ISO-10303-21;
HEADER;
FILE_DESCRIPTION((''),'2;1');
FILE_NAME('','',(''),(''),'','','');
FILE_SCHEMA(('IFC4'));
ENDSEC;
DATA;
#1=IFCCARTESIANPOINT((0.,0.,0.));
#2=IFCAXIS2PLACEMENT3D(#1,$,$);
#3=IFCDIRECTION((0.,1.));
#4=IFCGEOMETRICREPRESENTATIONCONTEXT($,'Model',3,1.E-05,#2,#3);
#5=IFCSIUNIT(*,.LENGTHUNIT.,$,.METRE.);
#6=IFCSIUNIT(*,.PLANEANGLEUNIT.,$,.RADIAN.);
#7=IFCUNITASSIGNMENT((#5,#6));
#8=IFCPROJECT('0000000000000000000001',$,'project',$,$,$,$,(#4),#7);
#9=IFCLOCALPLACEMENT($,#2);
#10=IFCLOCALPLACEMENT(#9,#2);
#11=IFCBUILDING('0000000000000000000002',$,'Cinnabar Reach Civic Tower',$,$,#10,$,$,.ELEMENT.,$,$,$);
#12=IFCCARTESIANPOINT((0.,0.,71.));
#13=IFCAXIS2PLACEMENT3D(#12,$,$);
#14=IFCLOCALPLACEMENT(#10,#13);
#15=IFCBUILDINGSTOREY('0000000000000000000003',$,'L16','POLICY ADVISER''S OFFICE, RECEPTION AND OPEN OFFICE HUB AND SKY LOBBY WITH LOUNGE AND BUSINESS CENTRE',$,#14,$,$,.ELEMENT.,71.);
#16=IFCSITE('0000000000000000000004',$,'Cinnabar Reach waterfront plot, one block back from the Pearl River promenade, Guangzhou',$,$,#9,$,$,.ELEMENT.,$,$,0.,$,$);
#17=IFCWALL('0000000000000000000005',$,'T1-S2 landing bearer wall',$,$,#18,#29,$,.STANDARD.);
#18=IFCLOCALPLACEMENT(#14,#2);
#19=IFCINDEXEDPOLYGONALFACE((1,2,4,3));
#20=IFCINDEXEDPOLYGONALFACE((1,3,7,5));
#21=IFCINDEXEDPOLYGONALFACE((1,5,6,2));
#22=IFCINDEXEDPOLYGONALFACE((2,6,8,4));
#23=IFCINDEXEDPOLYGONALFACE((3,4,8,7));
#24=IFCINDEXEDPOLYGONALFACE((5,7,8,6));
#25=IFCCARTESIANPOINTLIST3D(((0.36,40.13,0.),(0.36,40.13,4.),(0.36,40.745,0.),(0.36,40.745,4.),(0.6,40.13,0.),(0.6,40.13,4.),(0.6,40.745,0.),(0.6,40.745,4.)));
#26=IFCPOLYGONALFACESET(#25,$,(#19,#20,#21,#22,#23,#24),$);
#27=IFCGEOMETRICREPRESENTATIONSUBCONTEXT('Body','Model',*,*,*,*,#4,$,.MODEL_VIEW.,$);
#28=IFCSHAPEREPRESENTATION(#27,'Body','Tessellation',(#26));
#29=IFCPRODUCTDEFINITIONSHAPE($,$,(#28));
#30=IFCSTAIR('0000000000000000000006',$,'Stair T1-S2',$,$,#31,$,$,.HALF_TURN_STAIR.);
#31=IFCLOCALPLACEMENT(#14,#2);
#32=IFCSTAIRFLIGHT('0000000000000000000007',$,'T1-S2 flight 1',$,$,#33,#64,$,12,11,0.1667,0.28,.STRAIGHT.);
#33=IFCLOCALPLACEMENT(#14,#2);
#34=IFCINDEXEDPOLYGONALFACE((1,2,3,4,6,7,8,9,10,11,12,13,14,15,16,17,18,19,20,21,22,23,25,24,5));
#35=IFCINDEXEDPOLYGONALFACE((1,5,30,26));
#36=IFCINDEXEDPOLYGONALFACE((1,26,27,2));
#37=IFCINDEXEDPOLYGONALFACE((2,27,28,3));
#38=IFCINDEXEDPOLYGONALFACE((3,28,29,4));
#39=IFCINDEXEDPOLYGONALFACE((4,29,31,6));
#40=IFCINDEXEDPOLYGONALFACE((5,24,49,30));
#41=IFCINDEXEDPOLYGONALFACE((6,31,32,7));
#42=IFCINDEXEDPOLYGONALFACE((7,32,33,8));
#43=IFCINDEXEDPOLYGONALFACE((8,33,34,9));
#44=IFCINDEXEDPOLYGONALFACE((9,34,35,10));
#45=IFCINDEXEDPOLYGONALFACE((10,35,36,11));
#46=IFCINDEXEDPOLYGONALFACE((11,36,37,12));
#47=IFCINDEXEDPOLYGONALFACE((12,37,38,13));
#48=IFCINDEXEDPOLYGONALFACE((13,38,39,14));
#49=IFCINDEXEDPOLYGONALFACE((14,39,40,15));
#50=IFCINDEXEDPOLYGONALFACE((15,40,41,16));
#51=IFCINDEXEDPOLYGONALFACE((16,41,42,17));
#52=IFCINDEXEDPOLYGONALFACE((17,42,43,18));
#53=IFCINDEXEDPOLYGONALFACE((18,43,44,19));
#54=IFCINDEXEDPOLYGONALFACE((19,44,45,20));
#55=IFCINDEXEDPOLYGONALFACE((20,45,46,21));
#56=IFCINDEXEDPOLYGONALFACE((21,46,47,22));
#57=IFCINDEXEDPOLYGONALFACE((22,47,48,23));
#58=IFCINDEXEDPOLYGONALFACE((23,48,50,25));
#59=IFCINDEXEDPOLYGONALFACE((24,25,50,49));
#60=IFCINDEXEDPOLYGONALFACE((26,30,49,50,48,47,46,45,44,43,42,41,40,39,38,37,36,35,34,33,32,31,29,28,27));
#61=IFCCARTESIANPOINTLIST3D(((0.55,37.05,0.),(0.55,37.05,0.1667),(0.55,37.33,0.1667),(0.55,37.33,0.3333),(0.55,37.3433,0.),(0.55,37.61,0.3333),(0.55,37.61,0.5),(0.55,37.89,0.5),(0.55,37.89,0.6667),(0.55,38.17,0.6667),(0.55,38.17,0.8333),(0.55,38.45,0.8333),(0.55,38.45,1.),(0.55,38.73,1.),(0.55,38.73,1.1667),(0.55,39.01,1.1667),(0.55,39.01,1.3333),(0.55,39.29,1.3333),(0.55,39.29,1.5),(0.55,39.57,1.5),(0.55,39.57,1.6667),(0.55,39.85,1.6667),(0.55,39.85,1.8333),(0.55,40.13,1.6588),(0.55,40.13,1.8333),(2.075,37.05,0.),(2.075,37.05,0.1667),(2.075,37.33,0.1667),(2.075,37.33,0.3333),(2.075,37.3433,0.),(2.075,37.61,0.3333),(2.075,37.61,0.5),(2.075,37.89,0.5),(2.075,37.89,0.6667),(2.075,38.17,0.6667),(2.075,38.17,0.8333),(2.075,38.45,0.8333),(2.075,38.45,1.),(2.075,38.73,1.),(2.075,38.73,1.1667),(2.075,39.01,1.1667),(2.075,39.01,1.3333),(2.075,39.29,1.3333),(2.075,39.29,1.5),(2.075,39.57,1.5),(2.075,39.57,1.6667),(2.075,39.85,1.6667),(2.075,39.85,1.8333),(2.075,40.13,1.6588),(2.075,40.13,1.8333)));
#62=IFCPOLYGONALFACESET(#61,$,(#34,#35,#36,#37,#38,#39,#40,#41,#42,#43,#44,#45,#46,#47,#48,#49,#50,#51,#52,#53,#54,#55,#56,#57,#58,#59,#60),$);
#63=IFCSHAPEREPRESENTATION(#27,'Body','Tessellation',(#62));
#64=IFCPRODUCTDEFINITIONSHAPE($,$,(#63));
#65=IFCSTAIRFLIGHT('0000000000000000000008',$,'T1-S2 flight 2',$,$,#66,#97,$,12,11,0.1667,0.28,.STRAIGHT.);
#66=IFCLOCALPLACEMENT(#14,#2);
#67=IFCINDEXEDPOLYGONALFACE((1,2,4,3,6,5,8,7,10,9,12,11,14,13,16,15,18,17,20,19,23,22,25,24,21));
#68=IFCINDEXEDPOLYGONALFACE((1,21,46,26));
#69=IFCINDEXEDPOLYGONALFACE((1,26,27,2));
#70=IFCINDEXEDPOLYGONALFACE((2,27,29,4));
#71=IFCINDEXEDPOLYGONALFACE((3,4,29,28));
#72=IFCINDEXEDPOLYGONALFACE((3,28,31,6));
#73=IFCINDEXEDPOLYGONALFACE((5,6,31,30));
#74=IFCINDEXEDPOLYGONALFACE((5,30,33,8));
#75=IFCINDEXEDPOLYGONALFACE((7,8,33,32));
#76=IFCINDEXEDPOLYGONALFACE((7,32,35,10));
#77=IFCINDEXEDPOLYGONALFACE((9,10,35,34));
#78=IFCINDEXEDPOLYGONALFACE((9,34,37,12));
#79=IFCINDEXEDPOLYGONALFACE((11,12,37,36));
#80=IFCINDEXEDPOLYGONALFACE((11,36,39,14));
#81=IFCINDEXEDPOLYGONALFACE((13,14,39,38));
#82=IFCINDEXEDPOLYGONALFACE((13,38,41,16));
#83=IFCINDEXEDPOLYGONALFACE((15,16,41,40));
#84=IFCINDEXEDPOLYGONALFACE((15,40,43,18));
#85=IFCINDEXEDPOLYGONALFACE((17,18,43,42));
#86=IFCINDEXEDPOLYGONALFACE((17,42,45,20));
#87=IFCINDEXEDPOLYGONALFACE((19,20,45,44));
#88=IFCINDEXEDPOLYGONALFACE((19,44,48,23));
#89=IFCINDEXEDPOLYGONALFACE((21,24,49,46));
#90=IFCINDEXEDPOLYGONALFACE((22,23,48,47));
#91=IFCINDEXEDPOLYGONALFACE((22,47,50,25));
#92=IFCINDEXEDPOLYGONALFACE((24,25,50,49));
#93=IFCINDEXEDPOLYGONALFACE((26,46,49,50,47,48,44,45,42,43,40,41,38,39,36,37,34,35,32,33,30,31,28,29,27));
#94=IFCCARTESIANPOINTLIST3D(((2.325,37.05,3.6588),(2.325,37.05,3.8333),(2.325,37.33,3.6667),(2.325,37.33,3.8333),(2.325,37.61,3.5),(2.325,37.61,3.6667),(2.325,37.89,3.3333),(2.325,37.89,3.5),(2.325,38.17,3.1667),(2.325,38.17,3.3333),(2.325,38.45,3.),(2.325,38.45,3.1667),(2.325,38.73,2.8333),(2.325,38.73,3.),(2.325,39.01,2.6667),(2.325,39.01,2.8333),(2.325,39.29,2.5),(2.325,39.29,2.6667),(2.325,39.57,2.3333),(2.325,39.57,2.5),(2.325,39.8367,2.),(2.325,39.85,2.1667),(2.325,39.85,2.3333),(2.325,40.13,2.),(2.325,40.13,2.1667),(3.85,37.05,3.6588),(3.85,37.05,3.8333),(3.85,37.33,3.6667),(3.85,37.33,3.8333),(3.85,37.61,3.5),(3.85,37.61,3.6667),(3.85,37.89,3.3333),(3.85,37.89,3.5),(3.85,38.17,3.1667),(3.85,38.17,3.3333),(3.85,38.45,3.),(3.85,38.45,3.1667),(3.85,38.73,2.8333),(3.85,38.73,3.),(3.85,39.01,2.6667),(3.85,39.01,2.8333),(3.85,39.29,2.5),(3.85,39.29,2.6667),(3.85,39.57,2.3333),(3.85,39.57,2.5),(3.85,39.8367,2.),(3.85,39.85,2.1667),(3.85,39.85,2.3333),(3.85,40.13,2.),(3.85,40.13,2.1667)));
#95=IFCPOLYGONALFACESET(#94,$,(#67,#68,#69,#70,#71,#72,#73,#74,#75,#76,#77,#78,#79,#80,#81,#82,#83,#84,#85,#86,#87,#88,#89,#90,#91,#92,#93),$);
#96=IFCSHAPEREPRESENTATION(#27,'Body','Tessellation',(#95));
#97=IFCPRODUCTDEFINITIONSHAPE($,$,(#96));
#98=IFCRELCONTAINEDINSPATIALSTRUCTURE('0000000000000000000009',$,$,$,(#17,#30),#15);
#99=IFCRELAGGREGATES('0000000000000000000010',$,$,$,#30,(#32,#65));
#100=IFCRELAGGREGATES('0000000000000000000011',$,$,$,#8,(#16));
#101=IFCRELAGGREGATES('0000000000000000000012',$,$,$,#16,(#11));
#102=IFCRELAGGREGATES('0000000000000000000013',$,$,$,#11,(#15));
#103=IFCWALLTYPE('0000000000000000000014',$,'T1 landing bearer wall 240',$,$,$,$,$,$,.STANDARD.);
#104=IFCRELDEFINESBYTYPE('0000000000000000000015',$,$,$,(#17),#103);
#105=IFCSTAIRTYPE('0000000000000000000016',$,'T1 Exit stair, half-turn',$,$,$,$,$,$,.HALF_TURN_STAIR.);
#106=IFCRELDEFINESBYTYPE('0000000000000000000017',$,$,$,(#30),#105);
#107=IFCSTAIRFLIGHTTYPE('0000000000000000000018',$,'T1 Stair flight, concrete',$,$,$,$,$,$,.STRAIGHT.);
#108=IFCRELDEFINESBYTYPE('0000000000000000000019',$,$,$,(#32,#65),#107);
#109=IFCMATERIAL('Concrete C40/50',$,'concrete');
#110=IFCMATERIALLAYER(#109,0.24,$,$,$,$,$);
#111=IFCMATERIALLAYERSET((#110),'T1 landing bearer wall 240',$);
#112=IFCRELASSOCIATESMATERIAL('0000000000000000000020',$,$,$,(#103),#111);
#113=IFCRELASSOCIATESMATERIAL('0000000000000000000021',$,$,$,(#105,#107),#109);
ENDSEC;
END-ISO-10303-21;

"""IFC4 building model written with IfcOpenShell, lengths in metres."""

from ifc_helpers import new_model, si_unit, direction, frame, frame_2d, origin, place, context, subcontext, project, spatial, polyline, rectangle, outline, extrude, material, layer, layer_set, type_object, element, aggregate, save


model = new_model("IFC4")

# Units and contexts
model_context = context("Model", 3, precision=1e-05, world=origin(), true_north=direction((0.0, 1.0)))
body_context = subcontext(model_context, "Body", "Model", "MODEL_VIEW")
ifc_project = project(units=[si_unit("LENGTHUNIT", "METRE"), si_unit("PLANEANGLEUNIT", "RADIAN")], contexts=[model_context])

# Site, building, storey
site_placement = place(None, origin())
site = spatial("IfcSite", under=ifc_project, at=site_placement, Name="Cinnabar Reach waterfront plot, one block back from the Pearl River promenade, Guangzhou", CompositionType="ELEMENT", RefElevation=0.0)
building_placement = place(site_placement, origin())
building = spatial("IfcBuilding", under=site, at=building_placement, Name="Cinnabar Reach Civic Tower", CompositionType="ELEMENT")
storey_placement = place(building_placement, frame((0.0, 0.0, 71.0)))
storey = spatial("IfcBuildingStorey", under=building, at=storey_placement, Name="L16", Description="POLICY ADVISER'S OFFICE, RECEPTION AND OPEN OFFICE HUB AND SKY LOBBY WITH LOUNGE AND BUSINESS CENTRE", CompositionType="ELEMENT", Elevation=71.0)

# Wall
ifc_material_1 = material(Name="Concrete C40/50", Category="concrete")
ifc_layer_1 = layer(ifc_material_1, 0.24)
ifc_layer_set_1 = layer_set([ifc_layer_1], Name="T1 landing bearer wall 240")
wall_type_1 = type_object("IfcWallType", Name="T1 landing bearer wall 240", PredefinedType="STANDARD", material=ifc_layer_set_1)
wall_1_placement = place(storey_placement, frame((0.48, 40.13, 0.0), z_axis=(0.0, 0.0, 1.0), x_axis=(0.0, 1.0, 0.0)))
element("IfcWall", 1, at=wall_1_placement, inside=storey, type_object=wall_type_1, Name="T1-S2 landing bearer wall", PredefinedType="STANDARD", context=body_context, shape_type="SweptSolid", body=[
    extrude(rectangle(XDim=0.6151, YDim=0.24, at=frame_2d((0.3075, 0.0))), origin(), (0.0, 0.0, 1.0), 4.0),
])

# Stair, stair flights
stair_type = type_object("IfcStairType", Name="T1 Exit stair, half-turn", PredefinedType="HALF_TURN_STAIR", material=ifc_material_1)
stair_placement = place(storey_placement, origin())
stair = element("IfcStair", 2, at=stair_placement, inside=storey, type_object=stair_type, Name="Stair T1-S2", PredefinedType="HALF_TURN_STAIR")
stair_flight_type = type_object("IfcStairFlightType", Name="T1 Stair flight, concrete", PredefinedType="STRAIGHT", material=ifc_material_1)
stair_flight_1_placement = place(storey_placement, frame((1.3125, 37.05, 0.0), z_axis=(0.0, 0.0, 1.0), x_axis=(0.0, 1.0, 0.0)))
stair_flight_1 = element("IfcStairFlight", 3, at=stair_flight_1_placement, type_object=stair_flight_type, Name="T1-S2 flight 1", NumberOfRisers=12, NumberOfTreads=11, PredefinedType="STRAIGHT", RiserHeight=0.1667, TreadLength=0.28, context=body_context, shape_type="SweptSolid", body=[
    extrude(outline(polyline([(0.0, 0.0), (0.0, 0.1667), (0.28, 0.1667), (0.28, 0.3333), (0.56, 0.3333), (0.56, 0.5), (0.84, 0.5), (0.84, 0.6667), (1.12, 0.6667), (1.12, 0.8333), (1.4, 0.8333), (1.4, 1.0), (1.68, 1.0), (1.68, 1.1667), (1.96, 1.1667), (1.96, 1.3333), (2.24, 1.3333), (2.24, 1.5), (2.52, 1.5), (2.52, 1.6667), (2.8, 1.6667), (2.8, 1.8333), (3.08, 1.8333), (3.08, 2.0), (3.08, 1.6588), (0.2933, 0.0), (0.0, 0.0)])), frame((0.0, 0.7625, 0.0), z_axis=(0.0, -1.0, 0.0), x_axis=(1.0, 0.0, 0.0)), (0.0, 0.0, 1.0), 1.525),
])
stair_flight_2_placement = place(storey_placement, frame((3.0875, 40.13, 2.0), z_axis=(0.0, 0.0, 1.0), x_axis=(0.0, -1.0, 0.0)))
stair_flight_2 = element("IfcStairFlight", 4, at=stair_flight_2_placement, type_object=stair_flight_type, Name="T1-S2 flight 2", NumberOfRisers=12, NumberOfTreads=11, PredefinedType="STRAIGHT", RiserHeight=0.1667, TreadLength=0.28, context=body_context, shape_type="SweptSolid", body=[
    extrude(outline(polyline([(0.0, 0.0), (0.0, 0.1667), (0.28, 0.1667), (0.28, 0.3333), (0.56, 0.3333), (0.56, 0.5), (0.84, 0.5), (0.84, 0.6667), (1.12, 0.6667), (1.12, 0.8333), (1.4, 0.8333), (1.4, 1.0), (1.68, 1.0), (1.68, 1.1667), (1.96, 1.1667), (1.96, 1.3333), (2.24, 1.3333), (2.24, 1.5), (2.52, 1.5), (2.52, 1.6667), (2.8, 1.6667), (2.8, 1.8333), (3.08, 1.8333), (3.08, 2.0), (3.08, 1.6588), (0.2933, 0.0), (0.0, 0.0)])), frame((0.0, 0.7625, 0.0), z_axis=(0.0, -1.0, 0.0), x_axis=(1.0, 0.0, 0.0)), (0.0, 0.0, 1.0), 1.525),
])
aggregate(stair, [stair_flight_1, stair_flight_2])

save(model, "model.ifc")
